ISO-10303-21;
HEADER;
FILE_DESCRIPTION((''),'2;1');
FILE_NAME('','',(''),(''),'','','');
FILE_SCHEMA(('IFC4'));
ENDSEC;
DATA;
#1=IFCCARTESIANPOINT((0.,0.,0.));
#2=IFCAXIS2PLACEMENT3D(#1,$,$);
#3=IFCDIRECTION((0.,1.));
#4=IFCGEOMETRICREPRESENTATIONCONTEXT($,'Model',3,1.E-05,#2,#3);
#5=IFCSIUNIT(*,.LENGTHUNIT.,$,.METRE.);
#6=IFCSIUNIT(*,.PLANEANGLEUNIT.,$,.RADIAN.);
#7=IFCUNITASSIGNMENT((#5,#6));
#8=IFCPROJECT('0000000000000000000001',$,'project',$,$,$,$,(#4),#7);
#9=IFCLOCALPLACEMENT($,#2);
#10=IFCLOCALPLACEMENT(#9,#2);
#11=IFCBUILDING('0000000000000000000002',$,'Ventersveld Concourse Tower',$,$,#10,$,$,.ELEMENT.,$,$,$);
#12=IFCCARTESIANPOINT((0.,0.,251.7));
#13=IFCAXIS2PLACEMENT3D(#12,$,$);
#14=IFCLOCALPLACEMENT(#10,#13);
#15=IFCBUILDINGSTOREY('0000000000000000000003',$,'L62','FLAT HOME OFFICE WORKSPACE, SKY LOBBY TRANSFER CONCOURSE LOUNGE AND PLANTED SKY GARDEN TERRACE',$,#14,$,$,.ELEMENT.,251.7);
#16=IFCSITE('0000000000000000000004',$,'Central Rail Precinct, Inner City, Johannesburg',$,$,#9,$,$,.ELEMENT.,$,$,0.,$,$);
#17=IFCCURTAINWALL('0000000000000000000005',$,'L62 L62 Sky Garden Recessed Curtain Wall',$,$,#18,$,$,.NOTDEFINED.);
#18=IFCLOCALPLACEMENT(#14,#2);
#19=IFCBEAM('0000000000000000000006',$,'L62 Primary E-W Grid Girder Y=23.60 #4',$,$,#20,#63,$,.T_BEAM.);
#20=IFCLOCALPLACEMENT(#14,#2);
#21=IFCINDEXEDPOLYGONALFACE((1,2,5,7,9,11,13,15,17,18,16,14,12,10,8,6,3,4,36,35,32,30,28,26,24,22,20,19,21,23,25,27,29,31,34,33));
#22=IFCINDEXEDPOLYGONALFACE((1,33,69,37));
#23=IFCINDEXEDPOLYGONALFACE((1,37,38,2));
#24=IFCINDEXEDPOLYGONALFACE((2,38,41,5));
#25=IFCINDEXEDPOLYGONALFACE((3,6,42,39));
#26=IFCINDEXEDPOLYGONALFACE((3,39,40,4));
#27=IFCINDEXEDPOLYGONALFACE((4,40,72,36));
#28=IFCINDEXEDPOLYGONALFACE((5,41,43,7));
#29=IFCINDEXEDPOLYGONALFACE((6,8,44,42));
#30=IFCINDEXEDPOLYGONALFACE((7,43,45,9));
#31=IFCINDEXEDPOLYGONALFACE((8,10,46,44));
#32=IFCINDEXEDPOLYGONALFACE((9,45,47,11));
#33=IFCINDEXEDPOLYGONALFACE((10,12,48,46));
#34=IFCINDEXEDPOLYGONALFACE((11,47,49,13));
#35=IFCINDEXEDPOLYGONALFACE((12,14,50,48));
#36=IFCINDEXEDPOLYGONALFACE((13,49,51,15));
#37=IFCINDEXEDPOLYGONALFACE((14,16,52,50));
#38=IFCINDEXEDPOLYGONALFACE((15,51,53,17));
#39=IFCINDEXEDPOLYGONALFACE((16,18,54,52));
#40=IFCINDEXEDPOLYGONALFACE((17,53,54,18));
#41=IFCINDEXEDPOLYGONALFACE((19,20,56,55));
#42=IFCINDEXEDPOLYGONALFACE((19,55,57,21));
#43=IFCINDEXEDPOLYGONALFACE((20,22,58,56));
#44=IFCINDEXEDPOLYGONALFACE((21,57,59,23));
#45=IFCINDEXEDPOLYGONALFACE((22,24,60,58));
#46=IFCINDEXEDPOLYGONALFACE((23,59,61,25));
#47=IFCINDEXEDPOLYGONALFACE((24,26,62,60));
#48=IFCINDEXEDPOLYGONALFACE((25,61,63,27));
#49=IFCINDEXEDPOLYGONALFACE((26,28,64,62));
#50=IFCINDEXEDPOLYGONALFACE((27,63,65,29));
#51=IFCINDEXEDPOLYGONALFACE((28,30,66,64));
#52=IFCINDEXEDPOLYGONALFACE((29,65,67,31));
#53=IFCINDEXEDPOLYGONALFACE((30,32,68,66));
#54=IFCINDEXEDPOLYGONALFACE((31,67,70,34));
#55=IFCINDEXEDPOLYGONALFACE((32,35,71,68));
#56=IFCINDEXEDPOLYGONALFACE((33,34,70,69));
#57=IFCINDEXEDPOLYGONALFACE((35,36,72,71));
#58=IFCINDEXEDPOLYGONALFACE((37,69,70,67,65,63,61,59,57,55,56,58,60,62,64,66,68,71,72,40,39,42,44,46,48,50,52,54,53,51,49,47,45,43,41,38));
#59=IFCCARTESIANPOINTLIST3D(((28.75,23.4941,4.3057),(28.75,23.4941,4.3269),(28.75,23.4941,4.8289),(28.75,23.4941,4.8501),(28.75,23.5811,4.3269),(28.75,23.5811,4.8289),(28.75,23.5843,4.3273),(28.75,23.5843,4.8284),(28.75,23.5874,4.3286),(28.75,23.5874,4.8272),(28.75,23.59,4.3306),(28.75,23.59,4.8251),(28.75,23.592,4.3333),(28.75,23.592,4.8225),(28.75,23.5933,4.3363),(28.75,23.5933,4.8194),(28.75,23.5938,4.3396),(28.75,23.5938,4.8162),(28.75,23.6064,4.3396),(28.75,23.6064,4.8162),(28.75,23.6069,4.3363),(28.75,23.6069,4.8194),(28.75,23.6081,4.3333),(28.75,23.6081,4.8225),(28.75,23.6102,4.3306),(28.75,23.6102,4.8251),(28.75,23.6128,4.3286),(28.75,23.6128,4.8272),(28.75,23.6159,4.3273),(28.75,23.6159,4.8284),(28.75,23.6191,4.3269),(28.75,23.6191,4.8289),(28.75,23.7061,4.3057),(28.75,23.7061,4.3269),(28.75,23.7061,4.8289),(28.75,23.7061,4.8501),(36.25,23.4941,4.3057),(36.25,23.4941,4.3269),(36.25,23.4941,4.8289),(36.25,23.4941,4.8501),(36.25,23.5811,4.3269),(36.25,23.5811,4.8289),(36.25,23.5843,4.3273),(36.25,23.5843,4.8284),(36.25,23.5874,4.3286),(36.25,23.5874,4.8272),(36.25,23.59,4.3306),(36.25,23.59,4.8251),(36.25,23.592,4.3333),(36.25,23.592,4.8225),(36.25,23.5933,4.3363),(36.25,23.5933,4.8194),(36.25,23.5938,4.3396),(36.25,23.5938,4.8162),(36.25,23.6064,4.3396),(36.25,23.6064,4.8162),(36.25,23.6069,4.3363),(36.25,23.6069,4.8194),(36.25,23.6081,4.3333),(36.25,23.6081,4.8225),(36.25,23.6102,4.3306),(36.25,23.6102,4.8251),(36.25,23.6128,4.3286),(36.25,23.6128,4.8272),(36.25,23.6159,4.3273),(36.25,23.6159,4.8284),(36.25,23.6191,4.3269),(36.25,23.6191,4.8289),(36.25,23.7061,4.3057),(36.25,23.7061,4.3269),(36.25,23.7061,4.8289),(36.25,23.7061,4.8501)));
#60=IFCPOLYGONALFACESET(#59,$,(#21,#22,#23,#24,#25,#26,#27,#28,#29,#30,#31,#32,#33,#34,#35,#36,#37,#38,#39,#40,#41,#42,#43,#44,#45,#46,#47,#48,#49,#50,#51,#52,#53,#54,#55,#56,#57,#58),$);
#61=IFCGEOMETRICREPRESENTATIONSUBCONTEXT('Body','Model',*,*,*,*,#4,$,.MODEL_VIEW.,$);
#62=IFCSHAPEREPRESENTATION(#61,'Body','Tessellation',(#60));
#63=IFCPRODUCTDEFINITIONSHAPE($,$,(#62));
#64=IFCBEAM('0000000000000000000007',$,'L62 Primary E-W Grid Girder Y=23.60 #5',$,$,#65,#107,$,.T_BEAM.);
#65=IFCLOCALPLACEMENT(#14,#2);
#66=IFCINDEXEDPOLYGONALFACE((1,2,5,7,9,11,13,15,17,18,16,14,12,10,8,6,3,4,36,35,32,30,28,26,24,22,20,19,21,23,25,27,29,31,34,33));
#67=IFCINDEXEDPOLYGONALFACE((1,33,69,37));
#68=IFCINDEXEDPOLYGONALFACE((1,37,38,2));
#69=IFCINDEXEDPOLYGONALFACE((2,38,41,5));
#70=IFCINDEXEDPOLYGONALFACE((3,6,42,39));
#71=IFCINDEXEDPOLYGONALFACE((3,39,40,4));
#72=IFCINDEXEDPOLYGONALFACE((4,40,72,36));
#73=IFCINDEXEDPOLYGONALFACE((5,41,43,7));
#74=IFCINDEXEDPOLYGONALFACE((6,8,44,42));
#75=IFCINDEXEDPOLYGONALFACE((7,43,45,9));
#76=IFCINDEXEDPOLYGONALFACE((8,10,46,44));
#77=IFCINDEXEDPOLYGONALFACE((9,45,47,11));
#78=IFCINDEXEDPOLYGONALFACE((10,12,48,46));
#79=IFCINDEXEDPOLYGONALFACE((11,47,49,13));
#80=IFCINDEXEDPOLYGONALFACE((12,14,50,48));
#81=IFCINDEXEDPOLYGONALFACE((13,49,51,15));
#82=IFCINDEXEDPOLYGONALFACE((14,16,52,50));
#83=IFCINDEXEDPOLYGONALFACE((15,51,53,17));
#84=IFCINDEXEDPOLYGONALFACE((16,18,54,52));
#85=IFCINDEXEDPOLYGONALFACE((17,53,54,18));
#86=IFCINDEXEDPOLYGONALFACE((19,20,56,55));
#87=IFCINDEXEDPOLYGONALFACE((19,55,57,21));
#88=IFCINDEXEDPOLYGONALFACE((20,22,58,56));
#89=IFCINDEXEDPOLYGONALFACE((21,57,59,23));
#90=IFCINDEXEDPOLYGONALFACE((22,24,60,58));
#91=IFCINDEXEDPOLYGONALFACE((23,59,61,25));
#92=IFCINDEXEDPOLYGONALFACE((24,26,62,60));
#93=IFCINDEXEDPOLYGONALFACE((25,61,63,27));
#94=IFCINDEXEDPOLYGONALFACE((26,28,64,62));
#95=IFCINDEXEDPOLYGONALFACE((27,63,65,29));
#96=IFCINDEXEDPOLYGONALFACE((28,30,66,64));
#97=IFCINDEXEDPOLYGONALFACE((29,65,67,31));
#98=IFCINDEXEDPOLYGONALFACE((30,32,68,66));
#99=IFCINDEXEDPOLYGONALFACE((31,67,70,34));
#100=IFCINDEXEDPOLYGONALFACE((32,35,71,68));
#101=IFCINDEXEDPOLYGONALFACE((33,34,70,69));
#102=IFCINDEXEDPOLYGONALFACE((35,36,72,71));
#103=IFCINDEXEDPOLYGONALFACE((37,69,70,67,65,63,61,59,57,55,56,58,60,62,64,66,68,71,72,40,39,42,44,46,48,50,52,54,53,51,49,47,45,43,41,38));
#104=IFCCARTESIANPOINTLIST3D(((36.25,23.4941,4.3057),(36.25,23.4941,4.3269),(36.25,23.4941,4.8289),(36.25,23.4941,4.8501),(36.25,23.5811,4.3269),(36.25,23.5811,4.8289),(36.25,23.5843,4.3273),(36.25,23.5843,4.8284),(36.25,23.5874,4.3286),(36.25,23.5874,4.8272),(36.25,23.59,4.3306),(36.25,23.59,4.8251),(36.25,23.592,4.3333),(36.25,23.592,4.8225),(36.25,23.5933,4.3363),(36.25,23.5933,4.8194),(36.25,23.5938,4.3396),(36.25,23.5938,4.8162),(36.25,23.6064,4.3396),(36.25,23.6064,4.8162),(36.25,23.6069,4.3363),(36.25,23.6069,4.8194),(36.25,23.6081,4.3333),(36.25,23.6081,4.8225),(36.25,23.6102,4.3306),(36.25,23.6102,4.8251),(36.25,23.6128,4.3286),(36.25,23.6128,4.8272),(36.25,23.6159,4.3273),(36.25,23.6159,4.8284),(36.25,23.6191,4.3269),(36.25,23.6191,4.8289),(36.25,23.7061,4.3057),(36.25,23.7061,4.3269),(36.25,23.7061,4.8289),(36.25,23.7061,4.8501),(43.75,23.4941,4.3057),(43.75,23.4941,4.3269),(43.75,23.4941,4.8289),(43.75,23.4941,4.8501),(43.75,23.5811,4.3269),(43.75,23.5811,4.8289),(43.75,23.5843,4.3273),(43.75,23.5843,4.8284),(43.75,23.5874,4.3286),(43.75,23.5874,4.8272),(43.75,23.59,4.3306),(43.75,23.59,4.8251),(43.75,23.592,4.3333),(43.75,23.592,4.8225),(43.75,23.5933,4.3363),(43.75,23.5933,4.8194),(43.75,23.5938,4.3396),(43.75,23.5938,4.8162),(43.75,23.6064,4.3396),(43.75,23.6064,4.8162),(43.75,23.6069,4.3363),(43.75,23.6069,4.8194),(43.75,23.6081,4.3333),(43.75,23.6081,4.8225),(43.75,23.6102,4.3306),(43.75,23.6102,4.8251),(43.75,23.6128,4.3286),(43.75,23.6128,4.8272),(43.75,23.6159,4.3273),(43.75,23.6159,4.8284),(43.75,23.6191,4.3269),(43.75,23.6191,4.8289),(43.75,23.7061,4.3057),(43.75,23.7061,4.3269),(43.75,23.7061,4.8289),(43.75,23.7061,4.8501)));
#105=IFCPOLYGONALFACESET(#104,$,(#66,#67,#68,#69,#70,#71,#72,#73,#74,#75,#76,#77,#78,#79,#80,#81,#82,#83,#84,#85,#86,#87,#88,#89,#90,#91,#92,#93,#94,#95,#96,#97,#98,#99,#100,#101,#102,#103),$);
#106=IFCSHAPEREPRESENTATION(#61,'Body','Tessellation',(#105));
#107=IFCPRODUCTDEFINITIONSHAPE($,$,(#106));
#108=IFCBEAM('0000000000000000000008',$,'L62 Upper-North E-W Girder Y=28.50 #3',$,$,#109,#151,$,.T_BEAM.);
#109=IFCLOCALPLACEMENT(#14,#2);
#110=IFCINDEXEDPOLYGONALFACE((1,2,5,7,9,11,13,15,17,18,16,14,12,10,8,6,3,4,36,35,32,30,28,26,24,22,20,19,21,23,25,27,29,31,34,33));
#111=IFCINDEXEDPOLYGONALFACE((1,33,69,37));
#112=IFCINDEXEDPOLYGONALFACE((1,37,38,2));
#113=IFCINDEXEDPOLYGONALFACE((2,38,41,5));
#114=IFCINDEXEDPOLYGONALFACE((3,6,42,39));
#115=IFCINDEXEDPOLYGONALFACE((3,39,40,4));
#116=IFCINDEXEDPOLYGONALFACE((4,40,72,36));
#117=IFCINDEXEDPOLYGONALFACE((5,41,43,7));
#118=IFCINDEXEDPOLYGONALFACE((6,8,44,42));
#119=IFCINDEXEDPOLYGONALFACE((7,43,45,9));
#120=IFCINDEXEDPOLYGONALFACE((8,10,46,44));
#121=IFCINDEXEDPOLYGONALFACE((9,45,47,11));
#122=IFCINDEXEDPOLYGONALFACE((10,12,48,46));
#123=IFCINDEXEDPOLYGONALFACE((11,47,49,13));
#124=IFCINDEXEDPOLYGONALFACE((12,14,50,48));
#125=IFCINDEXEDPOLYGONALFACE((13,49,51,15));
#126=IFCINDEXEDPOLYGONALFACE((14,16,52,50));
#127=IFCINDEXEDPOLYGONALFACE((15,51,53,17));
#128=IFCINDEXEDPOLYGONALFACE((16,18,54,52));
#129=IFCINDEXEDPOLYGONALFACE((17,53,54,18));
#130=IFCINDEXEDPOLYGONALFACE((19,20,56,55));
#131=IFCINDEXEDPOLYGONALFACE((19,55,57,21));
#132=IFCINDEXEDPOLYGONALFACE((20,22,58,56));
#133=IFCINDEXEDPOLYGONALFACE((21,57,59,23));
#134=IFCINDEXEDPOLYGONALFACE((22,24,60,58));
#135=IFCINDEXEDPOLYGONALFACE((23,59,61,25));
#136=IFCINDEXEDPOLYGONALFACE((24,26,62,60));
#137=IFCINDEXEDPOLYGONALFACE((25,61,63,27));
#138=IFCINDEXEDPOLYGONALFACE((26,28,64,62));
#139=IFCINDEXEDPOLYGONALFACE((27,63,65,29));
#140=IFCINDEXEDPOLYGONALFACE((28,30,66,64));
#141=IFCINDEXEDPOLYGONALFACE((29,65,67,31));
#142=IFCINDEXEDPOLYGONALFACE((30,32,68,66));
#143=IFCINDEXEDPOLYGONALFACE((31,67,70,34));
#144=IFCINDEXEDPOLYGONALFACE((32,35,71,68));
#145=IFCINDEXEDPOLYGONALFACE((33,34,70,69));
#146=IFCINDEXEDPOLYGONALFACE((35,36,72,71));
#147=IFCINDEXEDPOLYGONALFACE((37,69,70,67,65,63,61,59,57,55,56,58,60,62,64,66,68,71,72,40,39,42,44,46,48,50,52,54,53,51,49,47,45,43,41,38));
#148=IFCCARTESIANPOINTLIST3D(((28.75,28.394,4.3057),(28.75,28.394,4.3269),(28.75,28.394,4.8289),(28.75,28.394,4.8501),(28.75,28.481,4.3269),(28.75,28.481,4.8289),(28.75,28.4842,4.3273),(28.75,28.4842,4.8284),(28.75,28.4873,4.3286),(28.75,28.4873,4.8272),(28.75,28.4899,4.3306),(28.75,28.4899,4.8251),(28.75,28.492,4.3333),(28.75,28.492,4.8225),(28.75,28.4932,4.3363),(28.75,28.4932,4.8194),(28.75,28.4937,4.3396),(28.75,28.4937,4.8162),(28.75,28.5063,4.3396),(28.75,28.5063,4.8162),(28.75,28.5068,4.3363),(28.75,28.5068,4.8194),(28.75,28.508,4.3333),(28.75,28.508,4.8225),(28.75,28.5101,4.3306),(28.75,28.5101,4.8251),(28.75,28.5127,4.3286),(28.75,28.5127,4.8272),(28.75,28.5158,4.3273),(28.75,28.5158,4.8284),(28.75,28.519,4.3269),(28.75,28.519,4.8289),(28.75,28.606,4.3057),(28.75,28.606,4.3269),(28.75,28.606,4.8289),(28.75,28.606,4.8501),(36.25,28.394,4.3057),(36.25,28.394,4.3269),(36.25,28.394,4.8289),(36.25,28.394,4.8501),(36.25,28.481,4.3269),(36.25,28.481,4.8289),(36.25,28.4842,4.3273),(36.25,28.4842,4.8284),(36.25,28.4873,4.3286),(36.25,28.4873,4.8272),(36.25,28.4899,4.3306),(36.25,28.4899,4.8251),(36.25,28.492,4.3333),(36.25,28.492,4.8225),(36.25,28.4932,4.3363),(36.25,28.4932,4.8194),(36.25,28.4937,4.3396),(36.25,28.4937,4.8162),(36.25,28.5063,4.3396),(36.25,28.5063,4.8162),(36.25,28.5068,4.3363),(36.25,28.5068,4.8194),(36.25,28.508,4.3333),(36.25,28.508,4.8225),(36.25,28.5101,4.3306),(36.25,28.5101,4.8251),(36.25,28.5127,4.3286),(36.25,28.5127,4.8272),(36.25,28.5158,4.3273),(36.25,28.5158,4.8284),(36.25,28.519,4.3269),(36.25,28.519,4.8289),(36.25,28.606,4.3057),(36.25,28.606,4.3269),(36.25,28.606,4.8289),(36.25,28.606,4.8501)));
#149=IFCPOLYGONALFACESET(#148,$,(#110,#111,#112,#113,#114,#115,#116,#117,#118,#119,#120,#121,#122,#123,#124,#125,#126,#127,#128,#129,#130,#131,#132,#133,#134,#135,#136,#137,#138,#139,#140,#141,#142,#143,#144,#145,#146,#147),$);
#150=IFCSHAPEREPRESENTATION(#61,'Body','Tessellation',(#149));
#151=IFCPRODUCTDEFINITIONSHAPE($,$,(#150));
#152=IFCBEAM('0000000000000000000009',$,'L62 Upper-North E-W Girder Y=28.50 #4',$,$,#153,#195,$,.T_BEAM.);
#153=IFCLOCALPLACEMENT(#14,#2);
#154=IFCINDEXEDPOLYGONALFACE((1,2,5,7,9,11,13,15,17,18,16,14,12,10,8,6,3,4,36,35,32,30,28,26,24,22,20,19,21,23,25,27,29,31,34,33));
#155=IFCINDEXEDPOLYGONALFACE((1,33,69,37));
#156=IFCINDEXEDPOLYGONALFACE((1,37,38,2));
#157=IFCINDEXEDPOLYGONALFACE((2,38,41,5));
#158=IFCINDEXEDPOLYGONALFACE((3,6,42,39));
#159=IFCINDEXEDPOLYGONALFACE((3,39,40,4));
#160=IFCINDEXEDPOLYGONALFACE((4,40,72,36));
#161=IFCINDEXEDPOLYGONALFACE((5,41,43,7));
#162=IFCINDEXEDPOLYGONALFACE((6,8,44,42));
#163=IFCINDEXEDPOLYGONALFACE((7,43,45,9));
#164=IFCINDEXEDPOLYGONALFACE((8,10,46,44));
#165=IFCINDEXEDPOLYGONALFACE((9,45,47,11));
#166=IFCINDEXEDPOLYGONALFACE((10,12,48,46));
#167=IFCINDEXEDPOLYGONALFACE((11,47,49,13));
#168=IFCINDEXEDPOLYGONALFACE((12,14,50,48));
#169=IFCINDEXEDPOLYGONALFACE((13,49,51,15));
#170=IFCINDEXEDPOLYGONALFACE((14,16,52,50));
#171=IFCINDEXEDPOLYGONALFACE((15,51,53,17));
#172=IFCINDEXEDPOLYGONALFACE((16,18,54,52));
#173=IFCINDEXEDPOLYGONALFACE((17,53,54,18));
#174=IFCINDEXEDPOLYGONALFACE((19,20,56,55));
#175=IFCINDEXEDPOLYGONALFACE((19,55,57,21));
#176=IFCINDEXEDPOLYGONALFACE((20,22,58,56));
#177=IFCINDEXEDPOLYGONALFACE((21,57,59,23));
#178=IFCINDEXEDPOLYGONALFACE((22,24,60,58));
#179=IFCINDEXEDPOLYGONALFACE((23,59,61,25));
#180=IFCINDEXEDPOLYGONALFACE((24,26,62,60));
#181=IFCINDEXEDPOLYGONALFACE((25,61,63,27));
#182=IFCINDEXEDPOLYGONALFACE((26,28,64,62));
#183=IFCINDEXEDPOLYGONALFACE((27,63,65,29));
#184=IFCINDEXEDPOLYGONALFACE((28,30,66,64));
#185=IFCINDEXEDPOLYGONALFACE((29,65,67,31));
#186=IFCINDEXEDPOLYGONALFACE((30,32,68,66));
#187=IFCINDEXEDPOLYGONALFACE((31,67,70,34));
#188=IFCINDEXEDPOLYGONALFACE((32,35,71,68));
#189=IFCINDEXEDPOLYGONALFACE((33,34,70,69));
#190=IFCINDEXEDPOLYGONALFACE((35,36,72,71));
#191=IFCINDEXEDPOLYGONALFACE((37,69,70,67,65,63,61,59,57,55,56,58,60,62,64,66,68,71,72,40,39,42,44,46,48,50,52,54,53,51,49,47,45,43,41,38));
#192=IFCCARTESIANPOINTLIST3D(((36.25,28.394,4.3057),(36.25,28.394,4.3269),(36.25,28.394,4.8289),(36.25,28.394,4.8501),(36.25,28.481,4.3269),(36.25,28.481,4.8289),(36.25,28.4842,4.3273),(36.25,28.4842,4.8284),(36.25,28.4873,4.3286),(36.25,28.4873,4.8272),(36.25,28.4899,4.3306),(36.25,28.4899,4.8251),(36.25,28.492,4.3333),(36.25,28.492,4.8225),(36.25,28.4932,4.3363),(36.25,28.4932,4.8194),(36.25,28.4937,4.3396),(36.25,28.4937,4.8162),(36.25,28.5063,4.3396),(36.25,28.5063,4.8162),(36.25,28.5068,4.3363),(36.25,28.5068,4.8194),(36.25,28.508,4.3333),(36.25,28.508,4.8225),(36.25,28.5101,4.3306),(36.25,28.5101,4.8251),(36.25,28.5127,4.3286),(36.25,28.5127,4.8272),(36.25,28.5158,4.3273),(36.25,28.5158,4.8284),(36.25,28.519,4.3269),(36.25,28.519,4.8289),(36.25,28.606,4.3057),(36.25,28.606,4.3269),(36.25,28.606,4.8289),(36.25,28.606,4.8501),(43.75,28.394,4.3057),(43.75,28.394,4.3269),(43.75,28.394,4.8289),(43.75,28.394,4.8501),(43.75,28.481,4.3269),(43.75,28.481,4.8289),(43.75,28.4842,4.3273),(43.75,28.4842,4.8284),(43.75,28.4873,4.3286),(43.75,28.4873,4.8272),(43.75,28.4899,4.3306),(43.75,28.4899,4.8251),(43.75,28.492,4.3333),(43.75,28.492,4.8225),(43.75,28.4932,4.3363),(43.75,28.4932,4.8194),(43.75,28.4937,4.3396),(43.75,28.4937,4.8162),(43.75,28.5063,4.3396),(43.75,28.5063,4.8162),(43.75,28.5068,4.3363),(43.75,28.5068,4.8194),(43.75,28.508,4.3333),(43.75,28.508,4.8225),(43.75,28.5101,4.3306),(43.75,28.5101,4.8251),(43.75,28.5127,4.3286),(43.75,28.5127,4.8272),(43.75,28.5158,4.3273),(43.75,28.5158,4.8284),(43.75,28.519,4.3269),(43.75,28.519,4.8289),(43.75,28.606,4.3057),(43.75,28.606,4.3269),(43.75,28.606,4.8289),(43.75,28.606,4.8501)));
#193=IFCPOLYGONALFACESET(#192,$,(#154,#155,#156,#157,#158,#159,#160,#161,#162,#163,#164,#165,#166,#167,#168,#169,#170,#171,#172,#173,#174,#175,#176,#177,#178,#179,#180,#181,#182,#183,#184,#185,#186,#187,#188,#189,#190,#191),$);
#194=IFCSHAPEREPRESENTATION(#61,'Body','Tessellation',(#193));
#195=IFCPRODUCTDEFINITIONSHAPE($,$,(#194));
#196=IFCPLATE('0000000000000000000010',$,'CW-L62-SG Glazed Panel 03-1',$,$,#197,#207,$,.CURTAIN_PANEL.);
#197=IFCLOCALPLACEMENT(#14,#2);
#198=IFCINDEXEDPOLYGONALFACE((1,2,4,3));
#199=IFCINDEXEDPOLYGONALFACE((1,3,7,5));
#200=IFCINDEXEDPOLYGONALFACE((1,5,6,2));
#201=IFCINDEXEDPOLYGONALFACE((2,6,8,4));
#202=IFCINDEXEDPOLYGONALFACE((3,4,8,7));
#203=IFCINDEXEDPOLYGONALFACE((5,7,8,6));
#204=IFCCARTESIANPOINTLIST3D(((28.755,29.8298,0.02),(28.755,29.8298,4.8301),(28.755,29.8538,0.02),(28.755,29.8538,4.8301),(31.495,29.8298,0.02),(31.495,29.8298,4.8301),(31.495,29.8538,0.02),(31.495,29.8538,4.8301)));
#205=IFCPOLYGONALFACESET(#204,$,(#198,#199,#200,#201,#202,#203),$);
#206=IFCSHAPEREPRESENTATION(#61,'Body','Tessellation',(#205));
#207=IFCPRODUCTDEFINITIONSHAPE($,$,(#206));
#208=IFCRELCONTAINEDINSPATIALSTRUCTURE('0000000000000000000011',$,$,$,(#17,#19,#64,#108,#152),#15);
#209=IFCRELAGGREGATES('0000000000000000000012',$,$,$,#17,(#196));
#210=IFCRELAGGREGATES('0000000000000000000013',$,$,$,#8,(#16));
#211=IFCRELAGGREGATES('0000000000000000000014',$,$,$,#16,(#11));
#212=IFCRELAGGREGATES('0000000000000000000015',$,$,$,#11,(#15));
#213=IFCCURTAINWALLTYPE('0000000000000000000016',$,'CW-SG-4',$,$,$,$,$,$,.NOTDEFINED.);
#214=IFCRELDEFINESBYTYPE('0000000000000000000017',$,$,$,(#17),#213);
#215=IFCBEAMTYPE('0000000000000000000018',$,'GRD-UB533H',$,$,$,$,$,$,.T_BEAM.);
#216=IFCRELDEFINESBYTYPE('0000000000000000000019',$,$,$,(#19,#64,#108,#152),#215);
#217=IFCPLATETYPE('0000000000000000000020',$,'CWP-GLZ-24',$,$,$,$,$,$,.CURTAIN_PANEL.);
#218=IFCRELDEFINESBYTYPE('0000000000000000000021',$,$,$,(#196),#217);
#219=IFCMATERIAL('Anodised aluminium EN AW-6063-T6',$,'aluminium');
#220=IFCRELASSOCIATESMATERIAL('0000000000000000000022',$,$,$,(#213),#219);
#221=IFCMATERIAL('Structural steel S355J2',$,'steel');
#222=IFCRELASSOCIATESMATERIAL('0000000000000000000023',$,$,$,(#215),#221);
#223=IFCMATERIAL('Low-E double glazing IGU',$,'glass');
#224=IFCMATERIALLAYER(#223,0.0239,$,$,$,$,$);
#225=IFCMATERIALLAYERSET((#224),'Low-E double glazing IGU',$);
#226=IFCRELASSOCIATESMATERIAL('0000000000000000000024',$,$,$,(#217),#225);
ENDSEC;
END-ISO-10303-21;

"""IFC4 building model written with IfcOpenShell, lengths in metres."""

from ifc_helpers import new_model, si_unit, direction, frame, origin, origin_2d, place, context, subcontext, project, spatial, rectangle, i_section, extrude, material, layer, layer_set, material_profile, profile_set, type_object, element, aggregate, save


model = new_model("IFC4")

# Units and contexts
model_context = context("Model", 3, precision=1e-05, world=origin(), true_north=direction((0.0, 1.0)))
body_context = subcontext(model_context, "Body", "Model", "MODEL_VIEW")
ifc_project = project(units=[si_unit("LENGTHUNIT", "METRE"), si_unit("PLANEANGLEUNIT", "RADIAN")], contexts=[model_context])

# Site, building, storey
site_placement = place(None, origin())
site = spatial("IfcSite", under=ifc_project, at=site_placement, Name="Central Rail Precinct, Inner City, Johannesburg", CompositionType="ELEMENT", RefElevation=0.0)
building_placement = place(site_placement, origin())
building = spatial("IfcBuilding", under=site, at=building_placement, Name="Ventersveld Concourse Tower", CompositionType="ELEMENT")
storey_placement = place(building_placement, frame((0.0, 0.0, 251.7)))
storey = spatial("IfcBuildingStorey", under=building, at=storey_placement, Name="L62", Description="FLAT HOME OFFICE WORKSPACE, SKY LOBBY TRANSFER CONCOURSE LOUNGE AND PLANTED SKY GARDEN TERRACE", CompositionType="ELEMENT", Elevation=251.7)

# Shared definitions
ifc_material_1 = material(Name="Structural steel S355J2", Category="steel")

# Curtain wall
ifc_material_2 = material(Name="Anodised aluminium EN AW-6063-T6", Category="aluminium")
curtain_wall_type_1 = type_object("IfcCurtainWallType", Name="CW-SG-4", PredefinedType="NOTDEFINED", material=ifc_material_2)
curtain_wall_1_placement = place(storey_placement, origin())
curtain_wall_1 = element("IfcCurtainWall", 1, at=curtain_wall_1_placement, inside=storey, type_object=curtain_wall_type_1, Name="L62 L62 Sky Garden Recessed Curtain Wall", PredefinedType="NOTDEFINED")

# Beams
ifc_material_profile_1 = material_profile(ifc_material_1, i_section(OverallWidth=0.2119, OverallDepth=0.5444, WebThickness=0.0127, FlangeThickness=0.0212, FilletRadius=0.0127, at=origin_2d()), Name="UB 533x210x122")
ifc_profile_set_1 = profile_set([ifc_material_profile_1], Name="Structural steel S355J2")
beam_type_1 = type_object("IfcBeamType", Name="GRD-UB533H", PredefinedType="T_BEAM", material=ifc_profile_set_1)
for number, where, z_axis, x_axis, name in (
    (2, (28.75, 23.6001, 4.5779), (1.0, 0.0, 0.0), (0.0, 1.0, 0.0), "L62 Primary E-W Grid Girder Y=23.60 #4"),
    (3, (36.25, 23.6001, 4.5779), (1.0, 0.0, 0.0), (0.0, 1.0, 0.0), "L62 Primary E-W Grid Girder Y=23.60 #5"),
    (4, (28.75, 28.5, 4.5779), (1.0, 0.0, 0.0), (0.0, 1.0, 0.0), "L62 Upper-North E-W Girder Y=28.50 #3"),
    (5, (36.25, 28.5, 4.5779), (1.0, 0.0, 0.0), (0.0, 1.0, 0.0), "L62 Upper-North E-W Girder Y=28.50 #4"),
):
    element("IfcBeam", number, at=place(storey_placement, frame(where, z_axis=z_axis, x_axis=x_axis)), inside=storey, type_object=beam_type_1, Name=name, PredefinedType="T_BEAM", context=body_context, shape_type="SweptSolid", body=[
        extrude(i_section(OverallWidth=0.2119, OverallDepth=0.5444, WebThickness=0.0127, FlangeThickness=0.0212, FilletRadius=0.0127, at=origin_2d()), origin(), (0.0, 0.0, 1.0), 7.5),
    ])

# Plate
ifc_material_3 = material(Name="Low-E double glazing IGU", Category="glass")
ifc_layer_1 = layer(ifc_material_3, 0.0239)
ifc_layer_set_1 = layer_set([ifc_layer_1], Name="Low-E double glazing IGU")
plate_type = type_object("IfcPlateType", Name="CWP-GLZ-24", PredefinedType="CURTAIN_PANEL", material=ifc_layer_set_1)
plate_1_placement = place(storey_placement, frame((30.125, 29.8418, 0.02), z_axis=(0.0, 0.0, 1.0), x_axis=(1.0, 0.0, 0.0)))
plate_1 = element("IfcPlate", 6, at=plate_1_placement, type_object=plate_type, Name="CW-L62-SG Glazed Panel 03-1", PredefinedType="CURTAIN_PANEL", context=body_context, shape_type="SweptSolid", body=[
    extrude(rectangle(XDim=2.74, YDim=0.0239, at=origin_2d()), origin(), (0.0, 0.0, 1.0), 4.8101),
])
aggregate(curtain_wall_1, [plate_1])

save(model, "model.ifc")
